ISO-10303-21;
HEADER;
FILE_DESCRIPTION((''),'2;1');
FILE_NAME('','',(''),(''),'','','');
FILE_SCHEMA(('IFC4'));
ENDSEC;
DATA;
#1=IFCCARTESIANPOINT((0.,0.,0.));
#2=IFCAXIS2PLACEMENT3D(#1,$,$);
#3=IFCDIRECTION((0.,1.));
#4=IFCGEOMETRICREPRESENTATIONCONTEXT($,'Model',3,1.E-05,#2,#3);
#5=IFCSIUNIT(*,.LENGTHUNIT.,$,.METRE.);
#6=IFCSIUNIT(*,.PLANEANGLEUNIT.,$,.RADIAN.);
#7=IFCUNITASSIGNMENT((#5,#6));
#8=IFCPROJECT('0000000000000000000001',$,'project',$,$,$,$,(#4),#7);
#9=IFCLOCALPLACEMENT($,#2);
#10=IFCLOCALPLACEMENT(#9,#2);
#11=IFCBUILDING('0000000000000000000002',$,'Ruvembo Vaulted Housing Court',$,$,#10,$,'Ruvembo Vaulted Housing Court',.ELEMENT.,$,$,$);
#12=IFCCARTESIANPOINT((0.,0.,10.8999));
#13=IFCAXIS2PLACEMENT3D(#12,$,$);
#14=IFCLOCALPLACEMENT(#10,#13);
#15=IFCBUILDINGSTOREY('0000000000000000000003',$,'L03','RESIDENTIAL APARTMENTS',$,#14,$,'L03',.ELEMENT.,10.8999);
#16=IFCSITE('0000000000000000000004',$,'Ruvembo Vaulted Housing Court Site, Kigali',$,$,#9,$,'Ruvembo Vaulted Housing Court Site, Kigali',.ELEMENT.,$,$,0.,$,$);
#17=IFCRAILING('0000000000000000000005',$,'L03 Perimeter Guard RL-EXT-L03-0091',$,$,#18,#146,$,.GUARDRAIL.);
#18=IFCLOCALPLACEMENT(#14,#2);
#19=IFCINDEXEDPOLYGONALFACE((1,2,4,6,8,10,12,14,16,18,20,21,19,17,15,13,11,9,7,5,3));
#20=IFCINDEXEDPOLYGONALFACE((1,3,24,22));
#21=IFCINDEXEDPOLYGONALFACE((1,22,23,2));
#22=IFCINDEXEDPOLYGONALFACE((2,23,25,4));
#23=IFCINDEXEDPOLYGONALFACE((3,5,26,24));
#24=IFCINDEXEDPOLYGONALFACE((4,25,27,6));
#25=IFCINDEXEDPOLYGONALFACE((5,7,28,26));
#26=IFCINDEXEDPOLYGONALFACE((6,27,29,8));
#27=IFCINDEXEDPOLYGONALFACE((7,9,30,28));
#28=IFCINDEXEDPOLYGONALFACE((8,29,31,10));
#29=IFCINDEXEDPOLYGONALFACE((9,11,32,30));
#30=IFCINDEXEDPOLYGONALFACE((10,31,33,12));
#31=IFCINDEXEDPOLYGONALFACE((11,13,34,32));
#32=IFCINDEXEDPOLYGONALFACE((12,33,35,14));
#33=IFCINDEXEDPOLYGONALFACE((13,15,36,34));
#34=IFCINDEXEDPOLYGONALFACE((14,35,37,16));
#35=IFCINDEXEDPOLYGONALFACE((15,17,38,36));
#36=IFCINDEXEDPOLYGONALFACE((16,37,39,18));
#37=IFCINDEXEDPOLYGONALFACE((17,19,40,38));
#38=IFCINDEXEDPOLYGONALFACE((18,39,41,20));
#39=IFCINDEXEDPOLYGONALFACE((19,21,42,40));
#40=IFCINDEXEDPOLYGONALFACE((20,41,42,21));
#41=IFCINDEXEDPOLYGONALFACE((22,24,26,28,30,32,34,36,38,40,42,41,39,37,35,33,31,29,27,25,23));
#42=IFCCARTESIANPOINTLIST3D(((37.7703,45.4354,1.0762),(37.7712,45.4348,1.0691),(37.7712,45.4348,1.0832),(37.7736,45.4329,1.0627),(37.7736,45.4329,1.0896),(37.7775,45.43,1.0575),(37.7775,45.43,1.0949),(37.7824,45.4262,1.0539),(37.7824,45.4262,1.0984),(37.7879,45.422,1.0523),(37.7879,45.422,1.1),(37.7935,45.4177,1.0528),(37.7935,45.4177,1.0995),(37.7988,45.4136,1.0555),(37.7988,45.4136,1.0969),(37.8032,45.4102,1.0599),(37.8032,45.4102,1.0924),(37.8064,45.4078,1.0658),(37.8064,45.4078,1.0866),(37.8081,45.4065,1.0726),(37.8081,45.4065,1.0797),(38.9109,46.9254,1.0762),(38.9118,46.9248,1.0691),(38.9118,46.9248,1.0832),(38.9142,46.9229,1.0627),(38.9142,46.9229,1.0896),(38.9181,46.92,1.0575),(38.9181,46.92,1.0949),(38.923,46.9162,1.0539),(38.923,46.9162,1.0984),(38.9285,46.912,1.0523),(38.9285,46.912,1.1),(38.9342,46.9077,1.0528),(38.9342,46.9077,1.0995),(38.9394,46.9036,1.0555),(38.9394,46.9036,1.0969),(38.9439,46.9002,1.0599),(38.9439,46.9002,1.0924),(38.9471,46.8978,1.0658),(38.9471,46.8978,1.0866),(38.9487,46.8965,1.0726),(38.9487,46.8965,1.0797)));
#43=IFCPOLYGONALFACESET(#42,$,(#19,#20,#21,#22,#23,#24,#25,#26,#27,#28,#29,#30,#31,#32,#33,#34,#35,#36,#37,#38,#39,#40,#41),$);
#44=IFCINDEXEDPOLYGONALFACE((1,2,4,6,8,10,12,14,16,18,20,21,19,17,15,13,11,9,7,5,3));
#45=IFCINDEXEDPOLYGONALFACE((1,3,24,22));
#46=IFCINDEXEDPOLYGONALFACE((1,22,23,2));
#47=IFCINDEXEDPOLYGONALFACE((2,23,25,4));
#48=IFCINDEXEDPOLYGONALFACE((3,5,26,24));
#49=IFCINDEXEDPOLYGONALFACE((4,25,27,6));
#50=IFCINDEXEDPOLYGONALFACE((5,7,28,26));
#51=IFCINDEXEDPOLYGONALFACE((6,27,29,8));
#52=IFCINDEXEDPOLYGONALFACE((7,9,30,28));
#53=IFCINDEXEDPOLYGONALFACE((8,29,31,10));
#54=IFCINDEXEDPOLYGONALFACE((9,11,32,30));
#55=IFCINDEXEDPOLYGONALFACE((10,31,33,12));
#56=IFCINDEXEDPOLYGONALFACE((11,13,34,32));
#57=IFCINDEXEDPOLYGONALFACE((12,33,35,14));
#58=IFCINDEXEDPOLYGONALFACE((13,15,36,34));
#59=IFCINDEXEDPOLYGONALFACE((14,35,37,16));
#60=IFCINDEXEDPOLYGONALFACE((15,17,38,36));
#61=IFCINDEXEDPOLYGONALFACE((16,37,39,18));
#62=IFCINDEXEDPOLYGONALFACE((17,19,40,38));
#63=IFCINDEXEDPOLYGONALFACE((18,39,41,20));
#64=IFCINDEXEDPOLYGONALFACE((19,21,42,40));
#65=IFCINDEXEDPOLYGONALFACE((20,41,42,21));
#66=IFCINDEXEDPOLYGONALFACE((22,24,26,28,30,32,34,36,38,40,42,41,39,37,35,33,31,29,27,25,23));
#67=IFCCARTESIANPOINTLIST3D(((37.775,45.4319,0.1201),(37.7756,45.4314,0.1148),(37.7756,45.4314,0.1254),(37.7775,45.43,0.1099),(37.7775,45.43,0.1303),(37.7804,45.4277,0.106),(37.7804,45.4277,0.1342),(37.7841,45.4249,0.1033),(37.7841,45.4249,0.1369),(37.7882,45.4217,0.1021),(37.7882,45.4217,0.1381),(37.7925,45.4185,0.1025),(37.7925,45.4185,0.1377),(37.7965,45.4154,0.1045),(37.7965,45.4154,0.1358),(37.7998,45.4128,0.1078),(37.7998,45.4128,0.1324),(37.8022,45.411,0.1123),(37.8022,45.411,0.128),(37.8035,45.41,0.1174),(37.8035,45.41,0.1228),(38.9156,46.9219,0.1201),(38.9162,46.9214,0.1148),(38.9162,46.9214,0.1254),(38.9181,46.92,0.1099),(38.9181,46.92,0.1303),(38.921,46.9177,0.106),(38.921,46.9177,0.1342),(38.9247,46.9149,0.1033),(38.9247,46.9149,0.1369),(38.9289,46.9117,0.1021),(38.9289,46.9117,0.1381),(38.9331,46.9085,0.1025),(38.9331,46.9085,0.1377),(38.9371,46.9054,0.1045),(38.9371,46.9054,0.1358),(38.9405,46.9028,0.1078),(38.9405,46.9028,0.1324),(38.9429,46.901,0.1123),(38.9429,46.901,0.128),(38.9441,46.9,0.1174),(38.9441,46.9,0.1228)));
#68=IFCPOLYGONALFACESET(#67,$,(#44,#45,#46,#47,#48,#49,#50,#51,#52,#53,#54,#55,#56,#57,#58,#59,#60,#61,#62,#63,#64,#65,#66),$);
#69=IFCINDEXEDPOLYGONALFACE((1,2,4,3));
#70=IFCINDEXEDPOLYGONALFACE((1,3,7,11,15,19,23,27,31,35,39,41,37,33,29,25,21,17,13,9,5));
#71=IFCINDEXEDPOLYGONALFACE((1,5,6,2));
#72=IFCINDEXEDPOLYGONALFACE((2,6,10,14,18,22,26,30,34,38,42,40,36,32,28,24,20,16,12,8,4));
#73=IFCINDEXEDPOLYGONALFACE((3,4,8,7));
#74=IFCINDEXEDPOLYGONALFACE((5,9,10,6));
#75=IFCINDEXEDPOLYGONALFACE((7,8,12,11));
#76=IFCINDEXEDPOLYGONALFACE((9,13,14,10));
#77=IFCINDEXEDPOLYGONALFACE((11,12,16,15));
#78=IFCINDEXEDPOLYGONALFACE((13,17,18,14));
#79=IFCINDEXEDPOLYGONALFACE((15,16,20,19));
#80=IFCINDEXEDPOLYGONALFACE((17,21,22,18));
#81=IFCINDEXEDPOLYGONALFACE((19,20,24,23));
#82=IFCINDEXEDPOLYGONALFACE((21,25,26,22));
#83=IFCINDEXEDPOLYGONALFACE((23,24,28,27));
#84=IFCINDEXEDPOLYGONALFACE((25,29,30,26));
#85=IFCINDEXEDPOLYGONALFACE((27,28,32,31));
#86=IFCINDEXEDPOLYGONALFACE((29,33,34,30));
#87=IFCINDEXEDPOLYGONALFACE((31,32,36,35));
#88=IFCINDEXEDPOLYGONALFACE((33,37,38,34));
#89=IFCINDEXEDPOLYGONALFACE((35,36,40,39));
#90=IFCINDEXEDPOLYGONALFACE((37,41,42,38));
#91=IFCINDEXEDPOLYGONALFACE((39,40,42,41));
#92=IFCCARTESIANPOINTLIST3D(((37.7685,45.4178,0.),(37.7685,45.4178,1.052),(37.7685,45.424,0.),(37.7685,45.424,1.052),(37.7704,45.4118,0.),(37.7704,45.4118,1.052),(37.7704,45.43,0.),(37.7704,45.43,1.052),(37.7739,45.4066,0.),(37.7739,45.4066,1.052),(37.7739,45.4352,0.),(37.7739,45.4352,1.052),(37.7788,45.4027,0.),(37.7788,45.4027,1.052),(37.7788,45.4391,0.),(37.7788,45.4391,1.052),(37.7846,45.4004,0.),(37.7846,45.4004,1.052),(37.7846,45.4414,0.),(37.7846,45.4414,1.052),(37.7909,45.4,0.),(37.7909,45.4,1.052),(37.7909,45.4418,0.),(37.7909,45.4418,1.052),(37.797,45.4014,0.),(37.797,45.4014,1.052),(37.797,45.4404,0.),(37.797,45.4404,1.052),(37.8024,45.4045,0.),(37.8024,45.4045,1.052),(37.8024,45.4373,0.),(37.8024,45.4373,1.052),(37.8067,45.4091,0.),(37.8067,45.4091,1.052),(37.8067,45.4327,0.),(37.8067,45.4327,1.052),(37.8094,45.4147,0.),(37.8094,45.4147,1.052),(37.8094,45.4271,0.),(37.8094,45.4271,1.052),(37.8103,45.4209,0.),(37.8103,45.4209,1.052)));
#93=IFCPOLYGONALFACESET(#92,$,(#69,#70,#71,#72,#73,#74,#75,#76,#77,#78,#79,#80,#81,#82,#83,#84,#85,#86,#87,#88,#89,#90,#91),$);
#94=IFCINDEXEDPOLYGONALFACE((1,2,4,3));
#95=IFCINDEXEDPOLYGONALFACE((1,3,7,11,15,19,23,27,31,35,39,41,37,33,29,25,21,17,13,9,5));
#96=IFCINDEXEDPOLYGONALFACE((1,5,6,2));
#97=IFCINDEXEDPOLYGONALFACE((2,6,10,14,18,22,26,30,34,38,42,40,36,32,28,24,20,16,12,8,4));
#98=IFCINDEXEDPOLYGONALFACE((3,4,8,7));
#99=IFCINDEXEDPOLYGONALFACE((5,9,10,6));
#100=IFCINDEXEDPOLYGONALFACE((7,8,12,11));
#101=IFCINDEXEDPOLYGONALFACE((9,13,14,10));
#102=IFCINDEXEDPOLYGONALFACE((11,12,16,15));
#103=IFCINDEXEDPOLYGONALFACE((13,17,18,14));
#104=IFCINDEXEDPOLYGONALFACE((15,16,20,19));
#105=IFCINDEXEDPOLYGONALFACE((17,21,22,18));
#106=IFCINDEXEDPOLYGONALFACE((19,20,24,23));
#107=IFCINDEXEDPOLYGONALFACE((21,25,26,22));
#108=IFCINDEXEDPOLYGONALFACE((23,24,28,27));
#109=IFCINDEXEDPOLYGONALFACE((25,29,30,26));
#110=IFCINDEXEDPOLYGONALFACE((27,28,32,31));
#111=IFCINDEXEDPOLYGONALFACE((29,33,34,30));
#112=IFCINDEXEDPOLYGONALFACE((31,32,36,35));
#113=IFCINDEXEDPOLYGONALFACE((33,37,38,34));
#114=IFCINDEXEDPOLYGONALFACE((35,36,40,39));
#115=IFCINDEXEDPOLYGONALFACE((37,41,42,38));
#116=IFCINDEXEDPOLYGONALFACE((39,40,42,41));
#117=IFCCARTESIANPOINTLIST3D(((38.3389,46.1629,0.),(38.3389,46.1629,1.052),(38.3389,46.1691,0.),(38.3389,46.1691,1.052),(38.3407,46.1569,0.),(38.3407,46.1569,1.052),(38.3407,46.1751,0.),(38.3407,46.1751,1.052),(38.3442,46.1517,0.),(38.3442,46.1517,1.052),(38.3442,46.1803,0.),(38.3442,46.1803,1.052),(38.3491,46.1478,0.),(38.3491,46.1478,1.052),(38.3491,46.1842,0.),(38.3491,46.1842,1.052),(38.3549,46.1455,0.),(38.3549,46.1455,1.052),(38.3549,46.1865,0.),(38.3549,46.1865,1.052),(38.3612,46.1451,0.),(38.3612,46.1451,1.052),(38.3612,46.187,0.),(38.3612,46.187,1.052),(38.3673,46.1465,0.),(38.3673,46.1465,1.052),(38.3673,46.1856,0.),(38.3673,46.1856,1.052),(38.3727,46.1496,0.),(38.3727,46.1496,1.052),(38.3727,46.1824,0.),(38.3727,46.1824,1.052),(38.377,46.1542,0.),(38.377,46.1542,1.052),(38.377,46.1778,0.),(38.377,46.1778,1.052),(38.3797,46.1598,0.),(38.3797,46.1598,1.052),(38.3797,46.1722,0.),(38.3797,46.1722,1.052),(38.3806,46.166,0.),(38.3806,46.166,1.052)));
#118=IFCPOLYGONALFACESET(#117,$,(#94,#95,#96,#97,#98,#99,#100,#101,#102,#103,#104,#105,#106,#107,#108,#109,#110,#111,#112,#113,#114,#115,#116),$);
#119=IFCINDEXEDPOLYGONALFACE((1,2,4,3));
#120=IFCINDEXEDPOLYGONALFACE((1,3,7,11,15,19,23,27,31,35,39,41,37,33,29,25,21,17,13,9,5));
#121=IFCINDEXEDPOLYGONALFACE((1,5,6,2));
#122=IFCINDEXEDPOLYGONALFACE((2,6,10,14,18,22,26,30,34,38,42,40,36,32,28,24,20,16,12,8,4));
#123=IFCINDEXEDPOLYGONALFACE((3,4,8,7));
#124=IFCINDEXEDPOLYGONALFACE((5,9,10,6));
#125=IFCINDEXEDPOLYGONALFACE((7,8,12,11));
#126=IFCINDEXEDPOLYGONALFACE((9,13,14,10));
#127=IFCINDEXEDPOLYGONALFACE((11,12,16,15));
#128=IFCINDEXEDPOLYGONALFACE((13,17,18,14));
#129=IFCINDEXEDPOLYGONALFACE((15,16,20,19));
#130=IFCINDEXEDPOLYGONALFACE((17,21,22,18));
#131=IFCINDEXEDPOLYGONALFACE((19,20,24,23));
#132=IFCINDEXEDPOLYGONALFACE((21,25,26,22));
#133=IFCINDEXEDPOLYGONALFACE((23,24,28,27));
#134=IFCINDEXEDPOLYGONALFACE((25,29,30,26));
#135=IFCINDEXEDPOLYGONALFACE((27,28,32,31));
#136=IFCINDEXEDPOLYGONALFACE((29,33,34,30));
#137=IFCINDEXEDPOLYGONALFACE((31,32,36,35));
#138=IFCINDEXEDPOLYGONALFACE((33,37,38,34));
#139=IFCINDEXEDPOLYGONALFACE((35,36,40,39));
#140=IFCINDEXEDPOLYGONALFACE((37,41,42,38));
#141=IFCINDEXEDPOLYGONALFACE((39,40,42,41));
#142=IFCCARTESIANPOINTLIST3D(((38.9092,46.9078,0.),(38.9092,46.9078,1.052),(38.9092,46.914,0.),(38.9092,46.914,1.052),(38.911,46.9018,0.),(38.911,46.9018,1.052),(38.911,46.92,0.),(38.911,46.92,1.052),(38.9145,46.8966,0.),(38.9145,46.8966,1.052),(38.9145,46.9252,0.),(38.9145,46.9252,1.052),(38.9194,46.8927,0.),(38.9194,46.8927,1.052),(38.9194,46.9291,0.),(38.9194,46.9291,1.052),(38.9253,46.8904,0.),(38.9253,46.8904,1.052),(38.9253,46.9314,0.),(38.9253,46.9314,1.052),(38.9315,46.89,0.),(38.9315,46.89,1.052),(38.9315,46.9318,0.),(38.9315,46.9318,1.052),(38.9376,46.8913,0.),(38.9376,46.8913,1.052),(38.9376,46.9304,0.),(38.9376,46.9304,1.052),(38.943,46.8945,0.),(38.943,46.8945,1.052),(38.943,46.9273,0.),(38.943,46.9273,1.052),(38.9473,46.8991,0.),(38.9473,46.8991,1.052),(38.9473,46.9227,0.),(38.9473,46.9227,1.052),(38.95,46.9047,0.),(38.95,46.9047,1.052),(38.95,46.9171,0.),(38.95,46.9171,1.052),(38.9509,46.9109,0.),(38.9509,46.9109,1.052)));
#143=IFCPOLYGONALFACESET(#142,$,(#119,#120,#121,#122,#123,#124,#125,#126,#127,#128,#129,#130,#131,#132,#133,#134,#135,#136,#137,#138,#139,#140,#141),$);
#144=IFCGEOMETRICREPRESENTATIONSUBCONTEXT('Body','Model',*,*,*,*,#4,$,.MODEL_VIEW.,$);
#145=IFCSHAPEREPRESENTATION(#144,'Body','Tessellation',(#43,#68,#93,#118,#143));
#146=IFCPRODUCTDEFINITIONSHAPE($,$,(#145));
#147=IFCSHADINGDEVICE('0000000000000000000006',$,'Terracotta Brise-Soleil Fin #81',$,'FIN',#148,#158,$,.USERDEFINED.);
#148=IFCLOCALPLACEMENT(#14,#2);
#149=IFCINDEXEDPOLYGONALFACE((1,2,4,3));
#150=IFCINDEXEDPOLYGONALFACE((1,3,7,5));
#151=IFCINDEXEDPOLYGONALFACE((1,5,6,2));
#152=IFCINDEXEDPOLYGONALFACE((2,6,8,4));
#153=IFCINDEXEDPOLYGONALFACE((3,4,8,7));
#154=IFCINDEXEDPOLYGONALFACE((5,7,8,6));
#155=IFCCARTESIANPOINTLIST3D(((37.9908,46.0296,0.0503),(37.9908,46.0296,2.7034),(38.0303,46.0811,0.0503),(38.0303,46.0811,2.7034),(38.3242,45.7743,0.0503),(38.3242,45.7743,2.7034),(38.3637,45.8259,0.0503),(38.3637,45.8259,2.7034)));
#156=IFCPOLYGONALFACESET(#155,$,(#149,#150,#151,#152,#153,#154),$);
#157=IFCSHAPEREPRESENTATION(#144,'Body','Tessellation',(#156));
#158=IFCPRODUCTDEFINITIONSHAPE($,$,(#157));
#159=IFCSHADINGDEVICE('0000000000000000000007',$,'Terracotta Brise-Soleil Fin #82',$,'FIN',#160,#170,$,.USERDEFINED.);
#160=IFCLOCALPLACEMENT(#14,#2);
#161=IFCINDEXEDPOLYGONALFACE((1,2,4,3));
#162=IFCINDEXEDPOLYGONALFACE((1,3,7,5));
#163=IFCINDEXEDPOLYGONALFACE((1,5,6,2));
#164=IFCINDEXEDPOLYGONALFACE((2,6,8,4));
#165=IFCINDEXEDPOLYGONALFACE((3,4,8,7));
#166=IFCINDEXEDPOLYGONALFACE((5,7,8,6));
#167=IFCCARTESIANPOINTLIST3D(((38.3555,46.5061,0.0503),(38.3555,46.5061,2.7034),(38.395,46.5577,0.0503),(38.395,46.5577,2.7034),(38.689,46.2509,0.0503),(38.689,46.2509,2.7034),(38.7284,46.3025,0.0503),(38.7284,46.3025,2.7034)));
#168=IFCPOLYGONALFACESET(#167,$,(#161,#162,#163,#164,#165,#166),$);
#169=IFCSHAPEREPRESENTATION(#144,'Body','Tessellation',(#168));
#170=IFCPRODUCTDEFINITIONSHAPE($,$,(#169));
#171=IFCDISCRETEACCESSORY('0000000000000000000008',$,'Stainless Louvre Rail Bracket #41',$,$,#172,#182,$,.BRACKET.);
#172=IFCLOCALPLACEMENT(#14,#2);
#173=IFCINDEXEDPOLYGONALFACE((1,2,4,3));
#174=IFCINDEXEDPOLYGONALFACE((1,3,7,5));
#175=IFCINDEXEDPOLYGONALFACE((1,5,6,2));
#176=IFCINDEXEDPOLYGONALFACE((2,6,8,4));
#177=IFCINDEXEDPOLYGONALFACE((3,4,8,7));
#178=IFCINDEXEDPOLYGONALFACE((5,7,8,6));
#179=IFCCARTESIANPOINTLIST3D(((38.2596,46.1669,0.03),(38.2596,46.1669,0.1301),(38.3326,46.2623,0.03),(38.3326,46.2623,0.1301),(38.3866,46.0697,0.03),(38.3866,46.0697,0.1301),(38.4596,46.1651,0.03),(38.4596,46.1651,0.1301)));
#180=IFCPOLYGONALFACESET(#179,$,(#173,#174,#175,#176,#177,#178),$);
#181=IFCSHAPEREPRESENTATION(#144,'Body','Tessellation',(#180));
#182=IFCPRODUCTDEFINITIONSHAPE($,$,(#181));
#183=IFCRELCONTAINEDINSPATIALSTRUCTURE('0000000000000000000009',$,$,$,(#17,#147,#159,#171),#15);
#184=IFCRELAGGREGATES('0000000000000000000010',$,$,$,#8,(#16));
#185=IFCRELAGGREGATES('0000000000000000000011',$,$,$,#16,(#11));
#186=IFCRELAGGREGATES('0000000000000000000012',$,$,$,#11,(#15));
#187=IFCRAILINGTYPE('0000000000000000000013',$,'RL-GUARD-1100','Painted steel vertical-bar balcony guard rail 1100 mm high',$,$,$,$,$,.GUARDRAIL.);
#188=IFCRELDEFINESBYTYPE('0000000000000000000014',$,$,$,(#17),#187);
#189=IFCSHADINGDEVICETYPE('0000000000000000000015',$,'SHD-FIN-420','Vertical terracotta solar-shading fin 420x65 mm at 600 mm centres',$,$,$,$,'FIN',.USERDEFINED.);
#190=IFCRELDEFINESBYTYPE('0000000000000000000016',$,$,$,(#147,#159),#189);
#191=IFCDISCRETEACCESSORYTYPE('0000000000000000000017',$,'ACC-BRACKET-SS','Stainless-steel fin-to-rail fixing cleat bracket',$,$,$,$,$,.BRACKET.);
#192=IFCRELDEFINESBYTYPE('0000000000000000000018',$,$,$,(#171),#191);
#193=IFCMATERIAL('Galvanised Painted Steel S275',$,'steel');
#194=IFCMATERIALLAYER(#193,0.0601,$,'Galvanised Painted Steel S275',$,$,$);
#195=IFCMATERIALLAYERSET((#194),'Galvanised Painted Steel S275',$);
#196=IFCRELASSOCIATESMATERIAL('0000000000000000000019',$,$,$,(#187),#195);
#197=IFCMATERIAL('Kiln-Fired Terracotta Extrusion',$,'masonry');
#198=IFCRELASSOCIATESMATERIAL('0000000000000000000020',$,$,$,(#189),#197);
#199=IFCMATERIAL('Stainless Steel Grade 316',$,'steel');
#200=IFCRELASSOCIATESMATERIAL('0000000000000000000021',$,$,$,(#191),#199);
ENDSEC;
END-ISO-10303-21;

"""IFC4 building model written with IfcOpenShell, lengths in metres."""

from ifc_helpers import new_model, si_unit, direction, frame, origin, origin_2d, place, context, subcontext, project, spatial, rectangle, circle, extrude, material, layer, layer_set, type_object, element, save


model = new_model("IFC4")

# Units and contexts
model_context = context("Model", 3, precision=1e-05, world=origin(), true_north=direction((0.0, 1.0)))
body_context = subcontext(model_context, "Body", "Model", "MODEL_VIEW")
ifc_project = project(units=[si_unit("LENGTHUNIT", "METRE"), si_unit("PLANEANGLEUNIT", "RADIAN")], contexts=[model_context])

# Site, building, storey
site_placement = place(None, origin())
site = spatial("IfcSite", under=ifc_project, at=site_placement, Name="Ruvembo Vaulted Housing Court Site, Kigali", LongName="Ruvembo Vaulted Housing Court Site, Kigali", CompositionType="ELEMENT", RefElevation=0.0)
building_placement = place(site_placement, origin())
building = spatial("IfcBuilding", under=site, at=building_placement, Name="Ruvembo Vaulted Housing Court", LongName="Ruvembo Vaulted Housing Court", CompositionType="ELEMENT")
storey_placement = place(building_placement, frame((0.0, 0.0, 10.8999)))
storey = spatial("IfcBuildingStorey", under=building, at=storey_placement, Name="L03", Description="RESIDENTIAL APARTMENTS", LongName="L03", CompositionType="ELEMENT", Elevation=10.8999)

# Railing
ifc_material_1 = material(Name="Galvanised Painted Steel S275", Category="steel")
ifc_layer_1 = layer(ifc_material_1, 0.0601, Name="Galvanised Painted Steel S275")
ifc_layer_set_1 = layer_set([ifc_layer_1], Name="Galvanised Painted Steel S275")
railing_type = type_object("IfcRailingType", Name="RL-GUARD-1100", Description="Painted steel vertical-bar balcony guard rail 1100 mm high", PredefinedType="GUARDRAIL", material=ifc_layer_set_1)
railing_placement = place(storey_placement, frame((37.7893, 45.4209, 0.0)))
element("IfcRailing", 1, at=railing_placement, inside=storey, type_object=railing_type, Name="L03 Perimeter Guard RL-EXT-L03-0091", PredefinedType="GUARDRAIL", context=body_context, shape_type="SweptSolid", body=[
    extrude(circle(Radius=0.0239, at=origin_2d()), frame((0.0, 0.0, 1.0762), z_axis=(0.607861, 0.794044, 0.0), x_axis=(-0.794044, 0.607861, 0.0)), (0.0, 0.0, 1.0), 1.8765),
    extrude(circle(Radius=0.0181, at=origin_2d()), frame((0.0, 0.0, 0.1201), z_axis=(0.607861, 0.794044, 0.0), x_axis=(-0.794044, 0.607861, 0.0)), (0.0, 0.0, 1.0), 1.8765),
    extrude(circle(Radius=0.021, at=origin_2d()), origin(), (0.0, 0.0, 1.0), 1.052),
    extrude(circle(Radius=0.021, at=origin_2d()), frame((0.5703, 0.7451, 0.0)), (0.0, 0.0, 1.0), 1.052),
    extrude(circle(Radius=0.021, at=origin_2d()), frame((1.1406, 1.49, 0.0)), (0.0, 0.0, 1.0), 1.052),
])

# Shading devices
ifc_material_2 = material(Name="Kiln-Fired Terracotta Extrusion", Category="masonry")
shading_device_type = type_object("IfcShadingDeviceType", Name="SHD-FIN-420", Description="Vertical terracotta solar-shading fin 420x65 mm at 600 mm centres", ElementType="FIN", PredefinedType="USERDEFINED", material=ifc_material_2)
for number, where, z_axis, x_axis, name in (
    (2, (38.1772, 45.9277, 0.0503), (0.0, 0.0, 1.0), (0.794043, -0.607861, 0.0), "Terracotta Brise-Soleil Fin #81"),
    (3, (38.542, 46.4043, 0.0503), (0.0, 0.0, 1.0), (0.794043, -0.607861, 0.0), "Terracotta Brise-Soleil Fin #82"),
):
    element("IfcShadingDevice", number, at=place(storey_placement, frame(where, z_axis=z_axis, x_axis=x_axis)), inside=storey, type_object=shading_device_type, Name=name, ObjectType="FIN", PredefinedType="USERDEFINED", context=body_context, shape_type="SweptSolid", body=[
        extrude(rectangle(XDim=0.4199, YDim=0.0649, at=origin_2d()), origin(), (0.0, 0.0, 1.0), 2.6531),
    ])

# Discrete accessory
ifc_material_3 = material(Name="Stainless Steel Grade 316", Category="steel")
discrete_accessory_type = type_object("IfcDiscreteAccessoryType", Name="ACC-BRACKET-SS", Description="Stainless-steel fin-to-rail fixing cleat bracket", PredefinedType="BRACKET", material=ifc_material_3)
discrete_accessory_placement = place(storey_placement, frame((38.3596, 46.166, 0.03), z_axis=(0.0, 0.0, 1.0), x_axis=(0.794043, -0.607861, 0.0)))
element("IfcDiscreteAccessory", 4, at=discrete_accessory_placement, inside=storey, type_object=discrete_accessory_type, Name="Stainless Louvre Rail Bracket #41", PredefinedType="BRACKET", context=body_context, shape_type="SweptSolid", body=[
    extrude(rectangle(XDim=0.1599, YDim=0.1201, at=origin_2d()), origin(), (0.0, 0.0, 1.0), 0.1001),
])

save(model, "model.ifc")
